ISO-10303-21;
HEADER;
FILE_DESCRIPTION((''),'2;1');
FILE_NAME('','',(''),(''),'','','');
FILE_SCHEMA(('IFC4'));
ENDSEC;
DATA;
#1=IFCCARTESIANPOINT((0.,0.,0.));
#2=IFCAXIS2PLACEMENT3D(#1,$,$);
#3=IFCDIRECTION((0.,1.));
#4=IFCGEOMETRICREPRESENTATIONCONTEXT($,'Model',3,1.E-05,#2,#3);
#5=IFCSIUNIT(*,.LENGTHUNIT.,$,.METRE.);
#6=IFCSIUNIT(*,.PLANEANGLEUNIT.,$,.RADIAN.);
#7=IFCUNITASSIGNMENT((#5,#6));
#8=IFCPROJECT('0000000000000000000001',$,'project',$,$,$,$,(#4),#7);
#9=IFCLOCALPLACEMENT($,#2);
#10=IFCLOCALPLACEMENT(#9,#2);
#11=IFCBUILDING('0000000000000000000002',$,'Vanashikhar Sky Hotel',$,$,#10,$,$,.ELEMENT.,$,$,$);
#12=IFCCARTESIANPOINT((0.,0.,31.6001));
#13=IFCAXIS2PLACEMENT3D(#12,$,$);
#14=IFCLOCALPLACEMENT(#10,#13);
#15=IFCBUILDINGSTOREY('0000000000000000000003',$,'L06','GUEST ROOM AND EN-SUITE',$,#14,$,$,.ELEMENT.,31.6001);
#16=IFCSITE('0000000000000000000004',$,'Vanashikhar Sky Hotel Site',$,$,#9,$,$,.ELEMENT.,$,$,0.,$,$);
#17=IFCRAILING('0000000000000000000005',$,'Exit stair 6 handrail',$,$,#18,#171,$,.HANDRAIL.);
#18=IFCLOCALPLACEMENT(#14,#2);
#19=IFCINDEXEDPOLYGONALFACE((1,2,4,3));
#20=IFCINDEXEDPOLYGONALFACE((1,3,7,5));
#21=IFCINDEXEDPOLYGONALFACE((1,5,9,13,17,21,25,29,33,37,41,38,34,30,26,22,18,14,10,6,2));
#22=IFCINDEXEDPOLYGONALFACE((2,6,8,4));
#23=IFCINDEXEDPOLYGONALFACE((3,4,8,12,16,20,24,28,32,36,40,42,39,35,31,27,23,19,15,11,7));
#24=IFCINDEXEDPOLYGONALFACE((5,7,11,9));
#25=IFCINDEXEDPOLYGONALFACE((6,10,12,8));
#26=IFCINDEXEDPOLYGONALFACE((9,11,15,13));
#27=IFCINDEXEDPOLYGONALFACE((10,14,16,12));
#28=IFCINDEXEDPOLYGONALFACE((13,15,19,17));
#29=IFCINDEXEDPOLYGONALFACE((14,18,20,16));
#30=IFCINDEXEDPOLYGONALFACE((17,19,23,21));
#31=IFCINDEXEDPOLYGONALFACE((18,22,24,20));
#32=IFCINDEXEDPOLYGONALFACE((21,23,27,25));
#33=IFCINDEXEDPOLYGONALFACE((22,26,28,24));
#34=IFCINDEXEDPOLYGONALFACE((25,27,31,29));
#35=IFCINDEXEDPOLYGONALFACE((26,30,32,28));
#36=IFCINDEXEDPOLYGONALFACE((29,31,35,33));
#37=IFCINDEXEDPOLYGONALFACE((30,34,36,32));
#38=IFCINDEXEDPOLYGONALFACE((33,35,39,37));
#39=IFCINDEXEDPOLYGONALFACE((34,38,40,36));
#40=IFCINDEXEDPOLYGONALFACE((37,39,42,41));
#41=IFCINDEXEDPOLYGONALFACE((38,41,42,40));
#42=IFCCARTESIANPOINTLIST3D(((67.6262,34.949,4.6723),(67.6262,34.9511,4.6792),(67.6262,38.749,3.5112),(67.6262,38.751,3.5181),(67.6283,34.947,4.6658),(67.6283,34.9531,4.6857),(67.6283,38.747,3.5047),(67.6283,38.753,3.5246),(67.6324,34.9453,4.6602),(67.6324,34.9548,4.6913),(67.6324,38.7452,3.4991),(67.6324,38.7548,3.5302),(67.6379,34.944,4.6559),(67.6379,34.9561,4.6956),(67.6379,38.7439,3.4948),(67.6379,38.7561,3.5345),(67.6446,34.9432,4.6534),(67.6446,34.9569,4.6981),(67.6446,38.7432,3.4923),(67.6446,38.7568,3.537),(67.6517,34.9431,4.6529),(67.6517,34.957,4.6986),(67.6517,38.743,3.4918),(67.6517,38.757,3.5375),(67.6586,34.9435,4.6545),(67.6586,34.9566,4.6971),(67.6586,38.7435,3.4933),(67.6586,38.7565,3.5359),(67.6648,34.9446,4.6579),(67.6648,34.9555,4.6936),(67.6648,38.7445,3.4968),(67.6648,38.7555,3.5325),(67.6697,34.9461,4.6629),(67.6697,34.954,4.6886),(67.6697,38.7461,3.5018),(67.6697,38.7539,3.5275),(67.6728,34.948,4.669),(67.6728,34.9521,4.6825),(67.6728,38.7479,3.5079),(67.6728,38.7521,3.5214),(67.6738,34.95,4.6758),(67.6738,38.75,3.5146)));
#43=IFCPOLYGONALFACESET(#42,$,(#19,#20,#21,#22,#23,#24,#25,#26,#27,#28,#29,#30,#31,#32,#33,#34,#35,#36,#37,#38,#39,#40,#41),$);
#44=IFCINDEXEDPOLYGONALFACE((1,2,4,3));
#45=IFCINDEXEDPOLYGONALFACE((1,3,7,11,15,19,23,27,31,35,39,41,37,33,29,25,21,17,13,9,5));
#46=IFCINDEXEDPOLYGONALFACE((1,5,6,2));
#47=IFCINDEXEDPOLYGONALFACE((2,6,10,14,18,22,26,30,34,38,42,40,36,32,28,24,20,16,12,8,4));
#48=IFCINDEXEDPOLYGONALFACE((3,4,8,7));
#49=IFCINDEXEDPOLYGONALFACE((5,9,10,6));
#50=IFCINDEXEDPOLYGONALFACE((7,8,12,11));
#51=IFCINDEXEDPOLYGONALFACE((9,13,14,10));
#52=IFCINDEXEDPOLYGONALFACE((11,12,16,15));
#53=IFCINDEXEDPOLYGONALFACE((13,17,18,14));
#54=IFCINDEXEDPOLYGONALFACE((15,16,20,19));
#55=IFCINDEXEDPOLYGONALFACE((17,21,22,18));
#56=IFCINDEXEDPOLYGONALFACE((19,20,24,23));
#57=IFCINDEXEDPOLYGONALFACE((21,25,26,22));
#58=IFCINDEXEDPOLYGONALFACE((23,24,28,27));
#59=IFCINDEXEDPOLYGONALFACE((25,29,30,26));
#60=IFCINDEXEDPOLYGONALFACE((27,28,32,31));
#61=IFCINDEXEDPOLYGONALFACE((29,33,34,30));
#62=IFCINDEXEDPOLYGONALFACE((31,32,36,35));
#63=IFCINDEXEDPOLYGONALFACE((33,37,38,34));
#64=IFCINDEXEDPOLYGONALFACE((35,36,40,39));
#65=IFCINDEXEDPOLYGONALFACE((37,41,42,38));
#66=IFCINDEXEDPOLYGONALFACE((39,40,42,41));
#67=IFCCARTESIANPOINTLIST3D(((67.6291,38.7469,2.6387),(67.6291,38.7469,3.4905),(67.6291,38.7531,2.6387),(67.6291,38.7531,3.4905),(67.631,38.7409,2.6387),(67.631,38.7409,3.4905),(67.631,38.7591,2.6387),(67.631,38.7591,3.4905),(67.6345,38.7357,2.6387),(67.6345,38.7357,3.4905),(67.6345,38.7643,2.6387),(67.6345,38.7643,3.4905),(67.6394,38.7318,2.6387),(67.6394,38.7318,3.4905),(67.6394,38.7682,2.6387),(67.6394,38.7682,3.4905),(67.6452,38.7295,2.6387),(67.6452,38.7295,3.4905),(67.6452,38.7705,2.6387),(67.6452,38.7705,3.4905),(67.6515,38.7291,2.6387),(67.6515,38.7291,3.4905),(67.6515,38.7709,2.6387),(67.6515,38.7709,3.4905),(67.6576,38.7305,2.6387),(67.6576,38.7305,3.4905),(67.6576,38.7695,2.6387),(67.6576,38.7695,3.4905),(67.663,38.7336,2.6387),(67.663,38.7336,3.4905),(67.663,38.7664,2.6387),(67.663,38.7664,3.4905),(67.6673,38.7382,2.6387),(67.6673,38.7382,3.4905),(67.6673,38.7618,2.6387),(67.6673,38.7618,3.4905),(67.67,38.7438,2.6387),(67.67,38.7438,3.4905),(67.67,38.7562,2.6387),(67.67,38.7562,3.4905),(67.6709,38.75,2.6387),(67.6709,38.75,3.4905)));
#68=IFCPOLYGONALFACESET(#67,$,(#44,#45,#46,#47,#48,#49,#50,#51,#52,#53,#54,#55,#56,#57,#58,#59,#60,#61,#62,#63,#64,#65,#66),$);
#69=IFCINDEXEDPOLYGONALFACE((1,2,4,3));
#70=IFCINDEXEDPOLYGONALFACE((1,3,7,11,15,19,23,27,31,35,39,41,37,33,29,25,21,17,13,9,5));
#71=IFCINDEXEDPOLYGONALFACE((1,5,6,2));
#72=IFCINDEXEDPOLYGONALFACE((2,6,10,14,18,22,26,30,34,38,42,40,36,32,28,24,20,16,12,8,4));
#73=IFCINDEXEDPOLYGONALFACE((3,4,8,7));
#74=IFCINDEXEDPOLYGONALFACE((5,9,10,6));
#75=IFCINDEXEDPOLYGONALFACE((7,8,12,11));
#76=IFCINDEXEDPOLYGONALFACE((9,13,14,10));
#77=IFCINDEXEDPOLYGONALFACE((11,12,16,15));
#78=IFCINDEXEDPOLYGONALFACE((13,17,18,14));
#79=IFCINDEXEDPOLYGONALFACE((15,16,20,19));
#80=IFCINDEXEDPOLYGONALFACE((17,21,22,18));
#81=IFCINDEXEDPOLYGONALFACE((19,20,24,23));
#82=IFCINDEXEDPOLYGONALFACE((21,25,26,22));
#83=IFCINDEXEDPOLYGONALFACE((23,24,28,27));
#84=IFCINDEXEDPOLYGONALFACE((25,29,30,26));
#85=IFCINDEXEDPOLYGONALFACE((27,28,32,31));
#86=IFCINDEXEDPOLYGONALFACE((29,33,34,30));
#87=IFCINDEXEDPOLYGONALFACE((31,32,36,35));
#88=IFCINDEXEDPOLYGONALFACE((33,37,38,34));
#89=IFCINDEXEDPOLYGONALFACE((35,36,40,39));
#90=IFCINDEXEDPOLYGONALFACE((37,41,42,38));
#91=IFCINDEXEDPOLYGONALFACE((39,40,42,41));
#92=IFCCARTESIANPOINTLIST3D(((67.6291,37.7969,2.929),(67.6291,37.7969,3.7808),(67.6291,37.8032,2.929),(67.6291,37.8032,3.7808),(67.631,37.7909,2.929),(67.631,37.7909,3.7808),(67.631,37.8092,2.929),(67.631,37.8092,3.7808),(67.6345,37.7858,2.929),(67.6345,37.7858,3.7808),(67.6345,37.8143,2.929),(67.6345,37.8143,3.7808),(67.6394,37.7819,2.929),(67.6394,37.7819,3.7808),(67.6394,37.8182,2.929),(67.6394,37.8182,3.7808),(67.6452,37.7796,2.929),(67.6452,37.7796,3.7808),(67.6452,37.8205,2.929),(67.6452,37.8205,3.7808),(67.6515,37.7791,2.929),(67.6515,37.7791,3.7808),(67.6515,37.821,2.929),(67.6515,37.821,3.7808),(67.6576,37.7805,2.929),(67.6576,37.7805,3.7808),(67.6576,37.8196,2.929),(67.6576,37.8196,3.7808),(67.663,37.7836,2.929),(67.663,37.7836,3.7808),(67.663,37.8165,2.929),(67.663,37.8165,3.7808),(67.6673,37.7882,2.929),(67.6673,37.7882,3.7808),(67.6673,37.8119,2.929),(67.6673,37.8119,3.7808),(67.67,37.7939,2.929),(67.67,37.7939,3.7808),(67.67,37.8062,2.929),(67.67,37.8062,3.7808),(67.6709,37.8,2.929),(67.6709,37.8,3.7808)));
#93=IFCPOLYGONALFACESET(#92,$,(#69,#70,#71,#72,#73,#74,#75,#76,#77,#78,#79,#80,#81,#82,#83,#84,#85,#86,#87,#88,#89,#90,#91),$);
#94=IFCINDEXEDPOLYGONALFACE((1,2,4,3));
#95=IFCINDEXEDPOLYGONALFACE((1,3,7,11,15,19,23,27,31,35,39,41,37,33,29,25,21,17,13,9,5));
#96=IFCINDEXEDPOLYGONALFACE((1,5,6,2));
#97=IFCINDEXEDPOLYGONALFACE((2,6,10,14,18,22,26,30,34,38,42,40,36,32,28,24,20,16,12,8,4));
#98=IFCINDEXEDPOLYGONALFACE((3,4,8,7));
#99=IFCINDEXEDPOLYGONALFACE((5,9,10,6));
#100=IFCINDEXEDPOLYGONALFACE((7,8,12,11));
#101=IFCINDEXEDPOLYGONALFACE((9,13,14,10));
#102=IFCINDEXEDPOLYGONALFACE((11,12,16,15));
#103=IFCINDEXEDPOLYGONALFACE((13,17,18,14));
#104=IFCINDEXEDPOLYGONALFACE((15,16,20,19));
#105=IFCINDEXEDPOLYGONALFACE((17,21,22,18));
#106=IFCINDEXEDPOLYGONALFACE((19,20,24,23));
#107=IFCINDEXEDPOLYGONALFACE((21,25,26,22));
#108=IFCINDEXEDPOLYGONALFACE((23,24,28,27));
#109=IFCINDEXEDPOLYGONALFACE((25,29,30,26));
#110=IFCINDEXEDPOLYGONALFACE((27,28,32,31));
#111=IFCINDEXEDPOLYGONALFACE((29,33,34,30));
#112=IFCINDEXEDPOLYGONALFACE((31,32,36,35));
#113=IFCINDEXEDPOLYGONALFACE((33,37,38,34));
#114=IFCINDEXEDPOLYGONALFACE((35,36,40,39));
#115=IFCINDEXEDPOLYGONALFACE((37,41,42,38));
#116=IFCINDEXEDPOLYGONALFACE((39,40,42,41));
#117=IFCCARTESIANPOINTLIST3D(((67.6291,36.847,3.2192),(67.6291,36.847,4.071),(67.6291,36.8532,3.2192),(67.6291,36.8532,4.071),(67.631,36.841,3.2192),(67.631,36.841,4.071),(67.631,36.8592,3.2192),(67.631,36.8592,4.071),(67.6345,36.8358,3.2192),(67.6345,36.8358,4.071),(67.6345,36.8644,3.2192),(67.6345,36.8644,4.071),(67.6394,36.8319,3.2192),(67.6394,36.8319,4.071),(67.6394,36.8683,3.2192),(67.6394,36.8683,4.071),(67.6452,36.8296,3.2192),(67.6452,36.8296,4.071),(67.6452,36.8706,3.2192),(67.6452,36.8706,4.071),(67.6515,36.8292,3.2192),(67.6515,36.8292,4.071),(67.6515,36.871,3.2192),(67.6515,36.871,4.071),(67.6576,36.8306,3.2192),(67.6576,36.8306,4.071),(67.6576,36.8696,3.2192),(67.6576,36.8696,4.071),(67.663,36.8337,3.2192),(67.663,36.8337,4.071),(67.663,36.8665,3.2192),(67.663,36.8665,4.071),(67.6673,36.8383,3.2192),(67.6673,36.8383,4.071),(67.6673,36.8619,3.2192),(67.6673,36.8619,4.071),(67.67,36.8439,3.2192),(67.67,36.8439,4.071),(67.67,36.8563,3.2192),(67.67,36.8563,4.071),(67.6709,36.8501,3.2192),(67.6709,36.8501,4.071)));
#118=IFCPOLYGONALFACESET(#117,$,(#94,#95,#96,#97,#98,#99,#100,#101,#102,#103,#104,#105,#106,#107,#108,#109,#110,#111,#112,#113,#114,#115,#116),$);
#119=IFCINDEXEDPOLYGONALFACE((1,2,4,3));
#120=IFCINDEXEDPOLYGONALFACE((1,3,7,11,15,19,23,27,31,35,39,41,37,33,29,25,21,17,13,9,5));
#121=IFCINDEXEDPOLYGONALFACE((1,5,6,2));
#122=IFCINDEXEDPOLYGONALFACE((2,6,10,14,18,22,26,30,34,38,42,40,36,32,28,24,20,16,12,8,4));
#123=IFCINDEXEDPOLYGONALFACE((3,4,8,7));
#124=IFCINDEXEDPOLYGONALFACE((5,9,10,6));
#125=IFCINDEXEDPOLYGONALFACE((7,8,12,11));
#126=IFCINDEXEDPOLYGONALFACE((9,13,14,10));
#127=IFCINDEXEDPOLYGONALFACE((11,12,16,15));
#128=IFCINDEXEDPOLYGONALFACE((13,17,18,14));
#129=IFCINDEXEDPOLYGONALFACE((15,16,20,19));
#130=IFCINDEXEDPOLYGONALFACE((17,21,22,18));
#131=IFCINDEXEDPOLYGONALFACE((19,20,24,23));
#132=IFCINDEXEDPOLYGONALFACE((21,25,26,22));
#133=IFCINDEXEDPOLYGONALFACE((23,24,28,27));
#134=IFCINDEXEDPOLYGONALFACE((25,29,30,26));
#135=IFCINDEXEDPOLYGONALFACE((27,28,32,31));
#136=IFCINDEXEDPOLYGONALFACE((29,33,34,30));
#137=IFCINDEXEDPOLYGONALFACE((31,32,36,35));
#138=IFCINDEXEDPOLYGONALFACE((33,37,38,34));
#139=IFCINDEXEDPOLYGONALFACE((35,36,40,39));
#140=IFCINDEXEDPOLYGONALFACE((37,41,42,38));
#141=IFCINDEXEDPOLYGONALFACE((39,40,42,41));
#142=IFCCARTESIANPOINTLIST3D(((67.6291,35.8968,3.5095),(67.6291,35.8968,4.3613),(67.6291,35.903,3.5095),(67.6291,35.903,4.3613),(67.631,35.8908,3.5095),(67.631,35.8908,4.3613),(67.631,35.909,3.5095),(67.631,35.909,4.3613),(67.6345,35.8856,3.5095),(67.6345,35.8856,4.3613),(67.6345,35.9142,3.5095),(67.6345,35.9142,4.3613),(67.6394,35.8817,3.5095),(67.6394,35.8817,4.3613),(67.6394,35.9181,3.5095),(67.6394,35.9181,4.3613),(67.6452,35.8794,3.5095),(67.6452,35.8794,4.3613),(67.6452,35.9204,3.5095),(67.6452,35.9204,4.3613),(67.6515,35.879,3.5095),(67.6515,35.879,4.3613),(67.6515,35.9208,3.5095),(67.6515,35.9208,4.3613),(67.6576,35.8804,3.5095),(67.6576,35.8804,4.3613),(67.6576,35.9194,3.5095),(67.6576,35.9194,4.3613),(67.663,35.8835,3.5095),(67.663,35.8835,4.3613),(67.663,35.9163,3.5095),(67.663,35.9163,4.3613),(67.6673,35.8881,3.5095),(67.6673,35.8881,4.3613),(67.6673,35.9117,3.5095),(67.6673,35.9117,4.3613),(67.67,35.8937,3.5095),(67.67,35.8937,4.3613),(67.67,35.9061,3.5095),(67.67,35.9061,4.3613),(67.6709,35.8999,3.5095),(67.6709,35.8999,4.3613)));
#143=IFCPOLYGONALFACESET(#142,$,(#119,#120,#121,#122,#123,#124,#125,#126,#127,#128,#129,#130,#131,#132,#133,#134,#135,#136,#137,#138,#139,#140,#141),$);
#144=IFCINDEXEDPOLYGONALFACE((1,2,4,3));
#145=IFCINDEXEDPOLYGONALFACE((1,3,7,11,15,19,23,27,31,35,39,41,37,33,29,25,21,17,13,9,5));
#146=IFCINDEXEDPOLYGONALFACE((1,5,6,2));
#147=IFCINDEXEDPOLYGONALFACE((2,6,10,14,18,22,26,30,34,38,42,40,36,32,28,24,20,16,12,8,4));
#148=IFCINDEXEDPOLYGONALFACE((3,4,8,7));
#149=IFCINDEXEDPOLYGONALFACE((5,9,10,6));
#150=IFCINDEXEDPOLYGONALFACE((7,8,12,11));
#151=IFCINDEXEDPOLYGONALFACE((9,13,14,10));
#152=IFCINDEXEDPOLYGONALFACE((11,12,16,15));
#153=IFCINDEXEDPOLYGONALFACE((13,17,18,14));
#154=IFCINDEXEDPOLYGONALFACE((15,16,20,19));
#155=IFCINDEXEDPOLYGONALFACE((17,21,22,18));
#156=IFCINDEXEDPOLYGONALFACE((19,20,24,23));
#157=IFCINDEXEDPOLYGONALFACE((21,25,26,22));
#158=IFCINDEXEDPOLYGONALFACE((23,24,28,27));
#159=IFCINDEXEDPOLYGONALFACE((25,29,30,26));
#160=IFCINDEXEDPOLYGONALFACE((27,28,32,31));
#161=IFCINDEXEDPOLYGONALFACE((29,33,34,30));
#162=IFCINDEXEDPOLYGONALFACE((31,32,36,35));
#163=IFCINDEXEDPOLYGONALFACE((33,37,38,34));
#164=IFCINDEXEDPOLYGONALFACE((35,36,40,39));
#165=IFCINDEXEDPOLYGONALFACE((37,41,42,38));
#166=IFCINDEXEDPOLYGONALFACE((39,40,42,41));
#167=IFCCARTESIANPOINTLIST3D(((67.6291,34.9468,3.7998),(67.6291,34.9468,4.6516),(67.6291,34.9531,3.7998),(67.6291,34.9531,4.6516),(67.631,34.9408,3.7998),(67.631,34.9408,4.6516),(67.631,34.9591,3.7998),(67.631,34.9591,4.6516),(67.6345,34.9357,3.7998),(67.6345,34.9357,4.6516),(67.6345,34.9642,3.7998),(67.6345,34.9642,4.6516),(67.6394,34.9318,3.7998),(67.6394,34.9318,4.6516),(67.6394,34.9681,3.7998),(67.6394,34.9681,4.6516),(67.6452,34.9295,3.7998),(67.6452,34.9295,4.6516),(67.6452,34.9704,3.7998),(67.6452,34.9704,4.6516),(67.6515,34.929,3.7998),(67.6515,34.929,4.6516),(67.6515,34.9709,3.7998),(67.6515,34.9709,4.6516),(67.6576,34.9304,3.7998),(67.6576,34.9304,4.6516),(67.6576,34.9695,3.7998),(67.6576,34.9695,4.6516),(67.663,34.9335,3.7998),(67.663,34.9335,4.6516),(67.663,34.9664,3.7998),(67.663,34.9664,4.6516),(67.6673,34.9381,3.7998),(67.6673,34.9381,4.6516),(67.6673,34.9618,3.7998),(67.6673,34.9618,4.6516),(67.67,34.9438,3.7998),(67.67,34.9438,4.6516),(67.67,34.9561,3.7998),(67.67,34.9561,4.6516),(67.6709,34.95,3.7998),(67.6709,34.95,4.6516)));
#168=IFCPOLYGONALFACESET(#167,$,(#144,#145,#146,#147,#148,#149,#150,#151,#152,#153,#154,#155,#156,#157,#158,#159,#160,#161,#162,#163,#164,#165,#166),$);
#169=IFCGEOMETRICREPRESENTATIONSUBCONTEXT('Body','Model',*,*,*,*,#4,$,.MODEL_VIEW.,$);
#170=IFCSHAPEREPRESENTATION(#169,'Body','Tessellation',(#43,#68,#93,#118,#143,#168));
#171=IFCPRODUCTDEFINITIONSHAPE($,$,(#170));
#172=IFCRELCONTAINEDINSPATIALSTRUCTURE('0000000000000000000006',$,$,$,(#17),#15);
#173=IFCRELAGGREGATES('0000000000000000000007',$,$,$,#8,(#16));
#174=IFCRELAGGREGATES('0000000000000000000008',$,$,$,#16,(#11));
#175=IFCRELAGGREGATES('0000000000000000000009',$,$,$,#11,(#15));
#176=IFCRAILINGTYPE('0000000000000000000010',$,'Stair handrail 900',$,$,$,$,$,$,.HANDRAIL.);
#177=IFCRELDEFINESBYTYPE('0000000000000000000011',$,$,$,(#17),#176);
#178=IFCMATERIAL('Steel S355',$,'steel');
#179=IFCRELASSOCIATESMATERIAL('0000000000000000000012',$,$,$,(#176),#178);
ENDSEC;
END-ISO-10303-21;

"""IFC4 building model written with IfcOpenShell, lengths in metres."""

from ifc_helpers import new_model, si_unit, direction, frame, origin, origin_2d, place, context, subcontext, project, spatial, circle, extrude, source, transform, mapped, material, type_object, element, save


model = new_model("IFC4")

# Units and contexts
model_context = context("Model", 3, precision=1e-05, world=origin(), true_north=direction((0.0, 1.0)))
body_context = subcontext(model_context, "Body", "Model", "MODEL_VIEW")
ifc_project = project(units=[si_unit("LENGTHUNIT", "METRE"), si_unit("PLANEANGLEUNIT", "RADIAN")], contexts=[model_context])

# Site, building, storey
site_placement = place(None, origin())
site = spatial("IfcSite", under=ifc_project, at=site_placement, Name="Vanashikhar Sky Hotel Site", CompositionType="ELEMENT", RefElevation=0.0)
building_placement = place(site_placement, origin())
building = spatial("IfcBuilding", under=site, at=building_placement, Name="Vanashikhar Sky Hotel", CompositionType="ELEMENT")
storey_placement = place(building_placement, frame((0.0, 0.0, 31.6001)))
storey = spatial("IfcBuildingStorey", under=building, at=storey_placement, Name="L06", Description="GUEST ROOM AND EN-SUITE", CompositionType="ELEMENT", Elevation=31.6001)

# Railing
ifc_material_1 = material(Name="Steel S355", Category="steel")
railing_type_1 = type_object("IfcRailingType", Name="Stair handrail 900", PredefinedType="HANDRAIL", material=ifc_material_1)
shared_shape_1 = source(origin(), body_context, "Body", "SweptSolid", [
    extrude(circle(Radius=0.0239, at=origin_2d()), frame((0.0, 0.0, 0.876), z_axis=(0.0, -0.956351, 0.29222), x_axis=(1.0, 0.0, 0.0)), (0.0, 0.0, 1.0), 3.9734),
    extrude(circle(Radius=0.021, at=origin_2d()), origin(), (0.0, 0.0, 1.0), 0.8518),
    extrude(circle(Radius=0.021, at=origin_2d()), frame((0.0, -0.95, 0.2903)), (0.0, 0.0, 1.0), 0.8518),
    extrude(circle(Radius=0.021, at=origin_2d()), frame((0.0, -1.8999, 0.5806)), (0.0, 0.0, 1.0), 0.8518),
    extrude(circle(Radius=0.021, at=origin_2d()), frame((0.0, -2.8501, 0.8708)), (0.0, 0.0, 1.0), 0.8518),
    extrude(circle(Radius=0.021, at=origin_2d()), frame((0.0, -3.8, 1.1611)), (0.0, 0.0, 1.0), 0.8518),
])
for number, where, name in (
    (1, (67.6499, 38.75, 2.6387), "Exit stair 6 handrail"),
):
    element("IfcRailing", number, at=place(storey_placement, frame(where)), inside=storey, type_object=railing_type_1, Name=name, PredefinedType="HANDRAIL", context=body_context, shape_type="MappedRepresentation", body=[
        mapped(shared_shape_1, transform((0.0, 0.0, 0.0), scale=1.0)),
    ])

save(model, "model.ifc")
